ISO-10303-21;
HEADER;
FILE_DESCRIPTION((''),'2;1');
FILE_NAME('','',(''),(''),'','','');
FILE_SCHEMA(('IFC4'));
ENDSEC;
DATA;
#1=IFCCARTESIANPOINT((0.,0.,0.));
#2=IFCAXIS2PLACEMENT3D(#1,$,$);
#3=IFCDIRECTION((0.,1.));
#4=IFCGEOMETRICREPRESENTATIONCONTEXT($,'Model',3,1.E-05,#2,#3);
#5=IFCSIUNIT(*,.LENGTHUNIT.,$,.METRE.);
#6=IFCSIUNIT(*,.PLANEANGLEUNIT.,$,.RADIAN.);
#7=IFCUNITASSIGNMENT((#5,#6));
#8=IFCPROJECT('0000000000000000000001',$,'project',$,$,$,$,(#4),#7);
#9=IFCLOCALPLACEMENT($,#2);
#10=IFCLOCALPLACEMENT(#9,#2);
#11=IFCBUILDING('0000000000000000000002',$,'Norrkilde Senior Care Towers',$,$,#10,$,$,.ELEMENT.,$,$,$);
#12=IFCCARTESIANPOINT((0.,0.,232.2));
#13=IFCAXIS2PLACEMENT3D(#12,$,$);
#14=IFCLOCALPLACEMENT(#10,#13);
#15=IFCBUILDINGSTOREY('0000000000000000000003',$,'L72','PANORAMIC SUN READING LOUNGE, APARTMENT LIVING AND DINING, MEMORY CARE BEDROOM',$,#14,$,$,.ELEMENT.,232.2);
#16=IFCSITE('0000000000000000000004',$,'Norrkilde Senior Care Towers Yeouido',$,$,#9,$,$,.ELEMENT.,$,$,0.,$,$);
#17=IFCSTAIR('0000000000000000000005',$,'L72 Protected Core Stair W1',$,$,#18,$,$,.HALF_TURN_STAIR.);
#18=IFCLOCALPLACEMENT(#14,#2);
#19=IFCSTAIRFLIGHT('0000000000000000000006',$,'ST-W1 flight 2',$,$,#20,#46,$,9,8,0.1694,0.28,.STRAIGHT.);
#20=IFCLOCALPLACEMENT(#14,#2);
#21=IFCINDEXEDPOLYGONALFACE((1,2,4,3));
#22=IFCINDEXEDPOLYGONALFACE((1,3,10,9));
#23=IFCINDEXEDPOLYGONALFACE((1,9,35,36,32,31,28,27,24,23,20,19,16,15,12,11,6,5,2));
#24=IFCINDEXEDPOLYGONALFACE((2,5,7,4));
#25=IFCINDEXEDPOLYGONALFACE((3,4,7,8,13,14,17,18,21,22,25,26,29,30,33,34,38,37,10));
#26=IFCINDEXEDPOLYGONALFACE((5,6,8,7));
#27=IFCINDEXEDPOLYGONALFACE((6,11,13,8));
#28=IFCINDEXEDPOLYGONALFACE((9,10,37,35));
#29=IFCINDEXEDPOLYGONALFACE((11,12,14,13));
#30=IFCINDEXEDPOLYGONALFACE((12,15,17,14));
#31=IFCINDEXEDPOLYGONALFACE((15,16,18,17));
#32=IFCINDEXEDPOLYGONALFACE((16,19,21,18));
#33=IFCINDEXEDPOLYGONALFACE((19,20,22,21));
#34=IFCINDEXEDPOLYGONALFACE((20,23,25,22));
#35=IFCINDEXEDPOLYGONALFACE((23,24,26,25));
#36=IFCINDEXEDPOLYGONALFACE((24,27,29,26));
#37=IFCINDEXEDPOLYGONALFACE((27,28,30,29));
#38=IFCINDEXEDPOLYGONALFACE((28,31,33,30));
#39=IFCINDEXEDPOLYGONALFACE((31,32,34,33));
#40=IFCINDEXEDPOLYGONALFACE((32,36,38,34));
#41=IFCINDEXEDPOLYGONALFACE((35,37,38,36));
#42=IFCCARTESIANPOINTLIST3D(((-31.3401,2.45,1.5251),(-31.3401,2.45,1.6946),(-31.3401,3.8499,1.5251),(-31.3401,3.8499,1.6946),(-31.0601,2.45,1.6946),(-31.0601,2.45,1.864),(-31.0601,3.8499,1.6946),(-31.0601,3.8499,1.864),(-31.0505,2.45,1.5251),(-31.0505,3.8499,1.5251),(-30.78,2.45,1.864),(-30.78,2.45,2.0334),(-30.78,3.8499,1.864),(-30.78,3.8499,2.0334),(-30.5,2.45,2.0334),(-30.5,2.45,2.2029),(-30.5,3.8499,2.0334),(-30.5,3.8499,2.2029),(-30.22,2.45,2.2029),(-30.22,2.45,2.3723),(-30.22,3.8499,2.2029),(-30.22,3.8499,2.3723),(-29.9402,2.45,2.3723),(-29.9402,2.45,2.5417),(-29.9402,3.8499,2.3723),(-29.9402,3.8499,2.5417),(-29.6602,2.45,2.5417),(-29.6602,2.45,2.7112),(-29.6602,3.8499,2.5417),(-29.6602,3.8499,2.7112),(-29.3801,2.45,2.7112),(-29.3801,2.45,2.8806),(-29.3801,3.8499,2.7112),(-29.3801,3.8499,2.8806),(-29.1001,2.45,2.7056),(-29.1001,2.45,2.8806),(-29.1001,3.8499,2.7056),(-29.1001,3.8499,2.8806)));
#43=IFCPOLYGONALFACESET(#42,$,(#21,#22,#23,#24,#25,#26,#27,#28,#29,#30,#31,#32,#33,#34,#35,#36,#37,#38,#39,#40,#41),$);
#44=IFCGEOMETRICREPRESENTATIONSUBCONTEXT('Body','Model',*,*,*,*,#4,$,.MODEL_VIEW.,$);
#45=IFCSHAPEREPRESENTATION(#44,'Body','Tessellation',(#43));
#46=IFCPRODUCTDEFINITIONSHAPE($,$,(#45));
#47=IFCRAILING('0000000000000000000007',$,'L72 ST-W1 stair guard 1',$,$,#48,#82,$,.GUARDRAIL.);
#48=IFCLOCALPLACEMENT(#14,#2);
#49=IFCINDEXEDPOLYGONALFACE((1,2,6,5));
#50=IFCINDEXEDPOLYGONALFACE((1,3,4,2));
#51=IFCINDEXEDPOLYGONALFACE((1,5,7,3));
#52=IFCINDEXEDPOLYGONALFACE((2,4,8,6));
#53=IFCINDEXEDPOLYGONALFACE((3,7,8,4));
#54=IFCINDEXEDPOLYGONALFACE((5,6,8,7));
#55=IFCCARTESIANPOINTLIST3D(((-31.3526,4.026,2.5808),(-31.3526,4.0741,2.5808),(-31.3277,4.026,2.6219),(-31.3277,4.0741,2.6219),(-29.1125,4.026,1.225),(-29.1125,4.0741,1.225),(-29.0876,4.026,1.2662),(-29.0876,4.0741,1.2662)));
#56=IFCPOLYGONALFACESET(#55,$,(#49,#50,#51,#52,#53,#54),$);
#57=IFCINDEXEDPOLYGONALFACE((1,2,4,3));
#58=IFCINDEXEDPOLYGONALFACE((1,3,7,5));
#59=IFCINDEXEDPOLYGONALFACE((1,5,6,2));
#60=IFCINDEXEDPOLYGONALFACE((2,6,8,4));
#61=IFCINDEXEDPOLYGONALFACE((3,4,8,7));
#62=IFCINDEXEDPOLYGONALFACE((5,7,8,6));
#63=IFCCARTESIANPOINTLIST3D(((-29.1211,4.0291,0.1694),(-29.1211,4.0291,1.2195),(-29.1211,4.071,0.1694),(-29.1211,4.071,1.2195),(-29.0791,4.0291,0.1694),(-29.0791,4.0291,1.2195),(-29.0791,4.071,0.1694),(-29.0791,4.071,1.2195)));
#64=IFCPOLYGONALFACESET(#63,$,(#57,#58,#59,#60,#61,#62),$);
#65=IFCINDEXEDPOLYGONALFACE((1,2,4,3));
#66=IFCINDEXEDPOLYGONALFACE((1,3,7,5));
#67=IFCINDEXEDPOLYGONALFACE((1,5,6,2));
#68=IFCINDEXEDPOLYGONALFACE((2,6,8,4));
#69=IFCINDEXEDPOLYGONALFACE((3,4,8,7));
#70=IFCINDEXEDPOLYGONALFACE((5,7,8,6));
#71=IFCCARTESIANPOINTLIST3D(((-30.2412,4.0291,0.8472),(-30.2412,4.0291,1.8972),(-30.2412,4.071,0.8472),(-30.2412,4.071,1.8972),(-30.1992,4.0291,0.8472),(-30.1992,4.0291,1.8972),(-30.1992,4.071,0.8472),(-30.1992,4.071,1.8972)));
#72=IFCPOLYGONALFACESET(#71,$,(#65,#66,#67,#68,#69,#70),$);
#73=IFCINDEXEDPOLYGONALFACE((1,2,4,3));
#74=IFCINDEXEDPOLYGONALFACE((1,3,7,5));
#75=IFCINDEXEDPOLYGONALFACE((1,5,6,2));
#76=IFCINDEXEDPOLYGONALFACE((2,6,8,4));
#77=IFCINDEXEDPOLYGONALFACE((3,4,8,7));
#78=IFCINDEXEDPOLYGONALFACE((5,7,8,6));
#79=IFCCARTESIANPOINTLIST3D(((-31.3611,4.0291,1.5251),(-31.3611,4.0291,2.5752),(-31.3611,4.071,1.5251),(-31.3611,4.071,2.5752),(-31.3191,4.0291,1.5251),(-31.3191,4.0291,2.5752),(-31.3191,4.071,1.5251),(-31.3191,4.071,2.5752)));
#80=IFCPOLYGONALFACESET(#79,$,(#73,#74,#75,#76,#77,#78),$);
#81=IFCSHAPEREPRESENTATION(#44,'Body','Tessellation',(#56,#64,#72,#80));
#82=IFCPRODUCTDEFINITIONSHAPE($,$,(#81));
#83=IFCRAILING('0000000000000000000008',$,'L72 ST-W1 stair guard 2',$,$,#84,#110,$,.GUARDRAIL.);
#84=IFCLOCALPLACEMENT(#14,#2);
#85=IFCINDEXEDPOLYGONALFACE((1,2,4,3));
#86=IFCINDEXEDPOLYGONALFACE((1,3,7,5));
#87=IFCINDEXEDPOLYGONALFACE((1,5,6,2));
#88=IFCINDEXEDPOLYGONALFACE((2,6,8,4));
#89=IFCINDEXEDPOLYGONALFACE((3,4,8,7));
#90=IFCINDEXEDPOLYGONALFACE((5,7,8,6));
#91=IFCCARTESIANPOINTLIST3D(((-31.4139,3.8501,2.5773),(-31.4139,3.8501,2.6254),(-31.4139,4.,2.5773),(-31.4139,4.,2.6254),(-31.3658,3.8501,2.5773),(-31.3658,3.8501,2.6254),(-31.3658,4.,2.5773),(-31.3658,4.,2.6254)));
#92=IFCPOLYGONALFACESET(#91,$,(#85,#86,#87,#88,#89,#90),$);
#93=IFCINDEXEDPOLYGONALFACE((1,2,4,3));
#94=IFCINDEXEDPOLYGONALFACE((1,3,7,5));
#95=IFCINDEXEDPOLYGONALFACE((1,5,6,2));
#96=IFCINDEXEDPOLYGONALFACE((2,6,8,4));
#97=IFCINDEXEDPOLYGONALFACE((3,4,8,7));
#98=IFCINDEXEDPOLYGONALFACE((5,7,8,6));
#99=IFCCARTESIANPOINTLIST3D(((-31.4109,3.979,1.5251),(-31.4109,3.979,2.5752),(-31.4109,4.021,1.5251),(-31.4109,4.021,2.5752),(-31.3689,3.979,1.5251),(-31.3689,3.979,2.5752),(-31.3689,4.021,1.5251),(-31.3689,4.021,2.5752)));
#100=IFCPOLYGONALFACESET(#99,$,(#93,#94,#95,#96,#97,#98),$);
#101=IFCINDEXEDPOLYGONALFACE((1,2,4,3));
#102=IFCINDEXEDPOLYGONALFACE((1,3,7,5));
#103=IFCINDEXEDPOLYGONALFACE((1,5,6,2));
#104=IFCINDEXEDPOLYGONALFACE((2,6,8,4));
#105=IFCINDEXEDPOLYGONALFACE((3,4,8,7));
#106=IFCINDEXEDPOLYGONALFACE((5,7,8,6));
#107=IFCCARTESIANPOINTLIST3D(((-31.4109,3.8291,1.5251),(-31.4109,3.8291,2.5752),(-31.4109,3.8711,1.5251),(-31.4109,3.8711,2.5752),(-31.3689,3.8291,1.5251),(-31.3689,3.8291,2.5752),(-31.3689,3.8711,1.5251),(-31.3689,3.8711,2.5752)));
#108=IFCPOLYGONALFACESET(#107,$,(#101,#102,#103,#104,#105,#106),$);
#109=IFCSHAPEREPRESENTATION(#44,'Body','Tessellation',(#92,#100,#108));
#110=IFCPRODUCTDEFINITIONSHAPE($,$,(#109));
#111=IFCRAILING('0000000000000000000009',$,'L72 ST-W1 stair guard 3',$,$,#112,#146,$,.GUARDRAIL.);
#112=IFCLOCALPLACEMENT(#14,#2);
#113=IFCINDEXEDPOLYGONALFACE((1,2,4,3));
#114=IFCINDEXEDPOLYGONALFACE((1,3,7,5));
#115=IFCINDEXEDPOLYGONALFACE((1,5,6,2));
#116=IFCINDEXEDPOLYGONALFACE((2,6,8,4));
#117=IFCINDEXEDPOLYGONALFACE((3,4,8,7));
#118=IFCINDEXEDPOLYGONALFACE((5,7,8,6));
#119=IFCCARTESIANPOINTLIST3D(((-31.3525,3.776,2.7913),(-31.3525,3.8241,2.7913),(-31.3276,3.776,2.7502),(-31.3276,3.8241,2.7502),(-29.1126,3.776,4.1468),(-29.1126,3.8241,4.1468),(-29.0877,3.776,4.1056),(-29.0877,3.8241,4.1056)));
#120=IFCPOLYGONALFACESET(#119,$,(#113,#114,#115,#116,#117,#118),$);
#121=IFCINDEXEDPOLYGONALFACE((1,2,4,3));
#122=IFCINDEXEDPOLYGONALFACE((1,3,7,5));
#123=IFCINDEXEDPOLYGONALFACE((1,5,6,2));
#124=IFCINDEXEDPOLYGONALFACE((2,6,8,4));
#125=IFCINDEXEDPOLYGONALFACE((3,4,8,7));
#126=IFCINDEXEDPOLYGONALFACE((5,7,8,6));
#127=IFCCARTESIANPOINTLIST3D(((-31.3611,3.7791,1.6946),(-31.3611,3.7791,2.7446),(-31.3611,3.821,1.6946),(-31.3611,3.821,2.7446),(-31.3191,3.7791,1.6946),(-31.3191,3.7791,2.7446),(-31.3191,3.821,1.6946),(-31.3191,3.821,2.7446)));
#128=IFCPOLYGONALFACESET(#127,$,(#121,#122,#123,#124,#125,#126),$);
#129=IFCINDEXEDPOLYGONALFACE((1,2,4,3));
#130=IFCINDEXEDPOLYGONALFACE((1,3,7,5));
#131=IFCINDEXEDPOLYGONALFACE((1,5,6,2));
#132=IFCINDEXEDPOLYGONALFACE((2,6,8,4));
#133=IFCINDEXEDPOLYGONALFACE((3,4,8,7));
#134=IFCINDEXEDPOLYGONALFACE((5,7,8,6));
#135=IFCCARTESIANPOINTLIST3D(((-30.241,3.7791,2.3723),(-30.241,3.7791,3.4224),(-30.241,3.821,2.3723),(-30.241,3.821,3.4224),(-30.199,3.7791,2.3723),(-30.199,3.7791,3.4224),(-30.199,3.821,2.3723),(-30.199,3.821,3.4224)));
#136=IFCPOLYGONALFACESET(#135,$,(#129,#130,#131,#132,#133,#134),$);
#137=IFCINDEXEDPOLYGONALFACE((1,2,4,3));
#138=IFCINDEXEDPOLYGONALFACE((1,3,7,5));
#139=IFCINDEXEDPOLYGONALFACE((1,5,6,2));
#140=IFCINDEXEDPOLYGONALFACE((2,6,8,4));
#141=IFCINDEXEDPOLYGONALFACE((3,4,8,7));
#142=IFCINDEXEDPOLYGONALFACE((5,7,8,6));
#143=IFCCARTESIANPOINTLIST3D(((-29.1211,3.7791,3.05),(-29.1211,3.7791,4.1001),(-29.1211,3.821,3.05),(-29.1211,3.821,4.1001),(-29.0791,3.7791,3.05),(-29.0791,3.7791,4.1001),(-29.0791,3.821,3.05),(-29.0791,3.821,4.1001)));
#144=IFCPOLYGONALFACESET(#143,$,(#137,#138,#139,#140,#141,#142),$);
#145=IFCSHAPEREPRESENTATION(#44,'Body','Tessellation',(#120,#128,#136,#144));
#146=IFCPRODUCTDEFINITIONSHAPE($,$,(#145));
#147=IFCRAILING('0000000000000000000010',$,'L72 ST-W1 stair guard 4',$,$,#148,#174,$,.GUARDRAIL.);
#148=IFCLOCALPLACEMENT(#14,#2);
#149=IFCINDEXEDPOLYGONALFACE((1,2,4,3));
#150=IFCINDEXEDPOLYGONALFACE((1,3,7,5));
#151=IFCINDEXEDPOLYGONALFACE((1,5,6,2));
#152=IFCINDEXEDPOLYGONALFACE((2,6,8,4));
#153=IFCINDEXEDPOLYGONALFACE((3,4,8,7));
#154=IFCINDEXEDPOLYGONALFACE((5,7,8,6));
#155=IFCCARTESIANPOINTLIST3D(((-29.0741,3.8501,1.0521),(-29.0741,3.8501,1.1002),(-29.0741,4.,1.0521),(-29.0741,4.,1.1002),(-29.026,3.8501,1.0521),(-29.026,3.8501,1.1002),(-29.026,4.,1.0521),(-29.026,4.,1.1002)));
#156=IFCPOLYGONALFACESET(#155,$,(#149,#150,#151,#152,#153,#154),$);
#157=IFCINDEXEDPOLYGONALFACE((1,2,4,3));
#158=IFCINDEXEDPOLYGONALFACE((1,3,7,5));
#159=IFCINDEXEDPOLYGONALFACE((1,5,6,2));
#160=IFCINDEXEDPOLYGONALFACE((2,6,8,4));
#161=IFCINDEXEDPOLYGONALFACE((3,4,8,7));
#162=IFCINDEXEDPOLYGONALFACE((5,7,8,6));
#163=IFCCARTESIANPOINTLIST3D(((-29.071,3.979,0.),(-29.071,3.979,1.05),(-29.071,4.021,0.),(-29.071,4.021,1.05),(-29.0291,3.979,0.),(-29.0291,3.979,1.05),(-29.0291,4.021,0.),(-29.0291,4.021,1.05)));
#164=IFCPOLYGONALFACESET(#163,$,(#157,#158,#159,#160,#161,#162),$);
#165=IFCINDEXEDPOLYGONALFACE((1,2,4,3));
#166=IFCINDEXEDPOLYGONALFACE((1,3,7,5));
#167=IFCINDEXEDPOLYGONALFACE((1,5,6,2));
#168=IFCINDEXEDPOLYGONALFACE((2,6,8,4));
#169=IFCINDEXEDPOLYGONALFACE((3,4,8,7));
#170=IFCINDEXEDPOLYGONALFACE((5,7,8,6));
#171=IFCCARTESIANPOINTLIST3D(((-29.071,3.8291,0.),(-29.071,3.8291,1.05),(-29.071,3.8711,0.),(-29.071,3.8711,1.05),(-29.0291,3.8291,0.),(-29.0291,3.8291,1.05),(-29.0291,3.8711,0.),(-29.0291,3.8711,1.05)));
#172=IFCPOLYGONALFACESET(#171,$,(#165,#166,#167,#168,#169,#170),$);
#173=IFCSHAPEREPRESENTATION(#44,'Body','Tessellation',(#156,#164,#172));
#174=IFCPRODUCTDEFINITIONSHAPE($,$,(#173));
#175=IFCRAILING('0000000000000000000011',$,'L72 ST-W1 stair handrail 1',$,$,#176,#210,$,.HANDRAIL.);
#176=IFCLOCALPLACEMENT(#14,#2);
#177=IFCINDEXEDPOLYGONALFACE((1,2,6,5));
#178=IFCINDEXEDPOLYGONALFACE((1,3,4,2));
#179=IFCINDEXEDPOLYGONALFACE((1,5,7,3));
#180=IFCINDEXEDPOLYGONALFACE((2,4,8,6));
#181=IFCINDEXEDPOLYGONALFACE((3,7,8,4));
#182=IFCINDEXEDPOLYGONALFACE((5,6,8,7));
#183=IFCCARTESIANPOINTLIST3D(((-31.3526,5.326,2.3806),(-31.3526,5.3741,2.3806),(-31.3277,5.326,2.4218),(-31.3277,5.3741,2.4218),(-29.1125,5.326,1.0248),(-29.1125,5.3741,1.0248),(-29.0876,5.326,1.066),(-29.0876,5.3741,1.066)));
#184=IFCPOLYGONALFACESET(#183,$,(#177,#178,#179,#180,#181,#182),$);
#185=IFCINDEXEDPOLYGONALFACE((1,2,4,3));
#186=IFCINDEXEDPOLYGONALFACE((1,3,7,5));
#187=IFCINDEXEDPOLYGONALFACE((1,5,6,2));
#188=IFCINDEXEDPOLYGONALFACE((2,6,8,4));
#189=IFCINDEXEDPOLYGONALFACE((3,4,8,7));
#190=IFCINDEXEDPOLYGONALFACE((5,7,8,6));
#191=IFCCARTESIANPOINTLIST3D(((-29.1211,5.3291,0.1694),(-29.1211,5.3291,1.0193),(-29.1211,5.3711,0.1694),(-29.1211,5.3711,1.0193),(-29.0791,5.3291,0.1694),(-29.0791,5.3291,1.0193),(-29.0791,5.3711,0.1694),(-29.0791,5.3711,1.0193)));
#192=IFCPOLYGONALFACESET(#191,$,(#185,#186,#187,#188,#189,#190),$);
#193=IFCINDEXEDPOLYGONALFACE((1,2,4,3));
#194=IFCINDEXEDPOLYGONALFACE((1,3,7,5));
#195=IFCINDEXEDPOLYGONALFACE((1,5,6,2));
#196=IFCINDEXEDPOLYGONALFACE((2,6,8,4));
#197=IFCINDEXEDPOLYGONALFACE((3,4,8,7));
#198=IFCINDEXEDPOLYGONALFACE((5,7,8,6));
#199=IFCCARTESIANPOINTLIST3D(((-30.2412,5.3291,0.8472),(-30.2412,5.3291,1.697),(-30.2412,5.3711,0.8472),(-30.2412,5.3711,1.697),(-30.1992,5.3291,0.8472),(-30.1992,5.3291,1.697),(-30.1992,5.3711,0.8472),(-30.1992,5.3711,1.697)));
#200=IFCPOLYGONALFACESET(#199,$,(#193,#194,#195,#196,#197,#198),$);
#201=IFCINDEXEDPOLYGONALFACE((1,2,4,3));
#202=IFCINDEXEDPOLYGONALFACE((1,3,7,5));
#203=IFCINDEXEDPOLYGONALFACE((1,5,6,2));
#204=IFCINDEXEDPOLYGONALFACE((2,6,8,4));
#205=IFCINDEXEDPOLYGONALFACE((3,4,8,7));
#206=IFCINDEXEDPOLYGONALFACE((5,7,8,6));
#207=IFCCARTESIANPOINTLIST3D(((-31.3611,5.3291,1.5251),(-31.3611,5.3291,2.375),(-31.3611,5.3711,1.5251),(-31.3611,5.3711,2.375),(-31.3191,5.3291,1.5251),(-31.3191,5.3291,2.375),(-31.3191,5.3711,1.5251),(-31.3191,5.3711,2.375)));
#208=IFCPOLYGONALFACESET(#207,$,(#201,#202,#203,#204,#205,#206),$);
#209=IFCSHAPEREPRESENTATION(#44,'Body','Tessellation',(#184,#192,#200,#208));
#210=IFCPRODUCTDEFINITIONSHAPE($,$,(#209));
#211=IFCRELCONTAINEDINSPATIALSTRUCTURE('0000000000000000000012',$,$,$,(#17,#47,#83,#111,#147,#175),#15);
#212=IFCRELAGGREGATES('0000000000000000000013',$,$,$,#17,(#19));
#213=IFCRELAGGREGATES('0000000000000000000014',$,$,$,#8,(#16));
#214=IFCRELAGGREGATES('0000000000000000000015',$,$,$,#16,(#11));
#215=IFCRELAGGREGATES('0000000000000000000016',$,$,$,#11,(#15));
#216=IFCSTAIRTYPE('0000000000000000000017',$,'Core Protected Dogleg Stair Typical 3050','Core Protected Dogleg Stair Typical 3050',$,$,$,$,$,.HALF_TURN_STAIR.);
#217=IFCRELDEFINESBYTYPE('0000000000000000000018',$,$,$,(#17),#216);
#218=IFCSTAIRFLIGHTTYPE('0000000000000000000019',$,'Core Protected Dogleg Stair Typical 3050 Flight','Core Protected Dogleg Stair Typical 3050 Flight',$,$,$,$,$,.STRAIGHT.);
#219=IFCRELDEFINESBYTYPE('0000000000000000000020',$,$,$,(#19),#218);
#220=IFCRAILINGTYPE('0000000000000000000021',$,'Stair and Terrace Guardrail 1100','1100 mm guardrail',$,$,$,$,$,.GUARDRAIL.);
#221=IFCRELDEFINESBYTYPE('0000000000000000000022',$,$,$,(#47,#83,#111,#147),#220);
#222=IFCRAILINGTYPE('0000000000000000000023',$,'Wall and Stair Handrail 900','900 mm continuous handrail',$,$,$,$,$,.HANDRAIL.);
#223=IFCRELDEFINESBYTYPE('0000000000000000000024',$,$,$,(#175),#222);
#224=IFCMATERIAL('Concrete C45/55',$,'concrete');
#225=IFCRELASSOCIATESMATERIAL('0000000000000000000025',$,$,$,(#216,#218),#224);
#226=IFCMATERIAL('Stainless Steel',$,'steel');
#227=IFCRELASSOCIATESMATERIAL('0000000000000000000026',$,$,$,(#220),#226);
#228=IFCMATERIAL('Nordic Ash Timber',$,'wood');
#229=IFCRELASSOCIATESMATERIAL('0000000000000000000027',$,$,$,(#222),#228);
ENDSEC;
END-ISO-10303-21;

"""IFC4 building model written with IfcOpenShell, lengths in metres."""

from ifc_helpers import new_model, si_unit, direction, frame, origin, origin_2d, place, context, subcontext, project, spatial, polyline, rectangle, outline, extrude, material, type_object, element, aggregate, save


model = new_model("IFC4")

# Units and contexts
model_context = context("Model", 3, precision=1e-05, world=origin(), true_north=direction((0.0, 1.0)))
body_context = subcontext(model_context, "Body", "Model", "MODEL_VIEW")
ifc_project = project(units=[si_unit("LENGTHUNIT", "METRE"), si_unit("PLANEANGLEUNIT", "RADIAN")], contexts=[model_context])

# Site, building, storey
site_placement = place(None, origin())
site = spatial("IfcSite", under=ifc_project, at=site_placement, Name="Norrkilde Senior Care Towers Yeouido", CompositionType="ELEMENT", RefElevation=0.0)
building_placement = place(site_placement, origin())
building = spatial("IfcBuilding", under=site, at=building_placement, Name="Norrkilde Senior Care Towers", CompositionType="ELEMENT")
storey_placement = place(building_placement, frame((0.0, 0.0, 232.2)))
storey = spatial("IfcBuildingStorey", under=building, at=storey_placement, Name="L72", Description="PANORAMIC SUN READING LOUNGE, APARTMENT LIVING AND DINING, MEMORY CARE BEDROOM", CompositionType="ELEMENT", Elevation=232.2)

# Shared definitions
ifc_material_1 = material(Name="Nordic Ash Timber", Category="wood")

# Shared definitions
ifc_material_2 = material(Name="Concrete C45/55", Category="concrete")

# Stair, stair flight
stair_type = type_object("IfcStairType", Name="Core Protected Dogleg Stair Typical 3050", Description="Core Protected Dogleg Stair Typical 3050", PredefinedType="HALF_TURN_STAIR", material=ifc_material_2)
stair_placement = place(storey_placement, origin())
stair = element("IfcStair", 1, at=stair_placement, inside=storey, type_object=stair_type, Name="L72 Protected Core Stair W1", PredefinedType="HALF_TURN_STAIR")
stair_flight_type = type_object("IfcStairFlightType", Name="Core Protected Dogleg Stair Typical 3050 Flight", Description="Core Protected Dogleg Stair Typical 3050 Flight", PredefinedType="STRAIGHT", material=ifc_material_2)
stair_flight_1_placement = place(storey_placement, frame((-31.3401, 3.1499, 1.5251), z_axis=(0.0, 0.0, 1.0), x_axis=(1.0, 0.0, 0.0)))
stair_flight_1 = element("IfcStairFlight", 2, at=stair_flight_1_placement, type_object=stair_flight_type, Name="ST-W1 flight 2", NumberOfRisers=9, NumberOfTreads=8, PredefinedType="STRAIGHT", RiserHeight=0.1694, TreadLength=0.28, context=body_context, shape_type="SweptSolid", body=[
    extrude(outline(polyline([(0.0, 0.0), (0.0, 0.1694), (0.28, 0.1694), (0.28, 0.3389), (0.5601, 0.3389), (0.5601, 0.5083), (0.8401, 0.5083), (0.8401, 0.6777), (1.1201, 0.6777), (1.1201, 0.8472), (1.3999, 0.8472), (1.3999, 1.0166), (1.6799, 1.0166), (1.6799, 1.186), (1.96, 1.186), (1.96, 1.3555), (2.24, 1.3555), (2.24, 1.5249), (2.24, 1.1804), (0.2896, 0.0), (0.0, 0.0)])), frame((0.0, 0.7, 0.0), z_axis=(0.0, -1.0, 0.0), x_axis=(1.0, 0.0, 0.0)), (0.0, 0.0, 1.0), 1.3999),
])
aggregate(stair, [stair_flight_1])

# Railings
ifc_material_3 = material(Name="Stainless Steel", Category="steel")
railing_type_1 = type_object("IfcRailingType", Name="Stair and Terrace Guardrail 1100", Description="1100 mm guardrail", PredefinedType="GUARDRAIL", material=ifc_material_3)
railing_1_placement = place(storey_placement, frame((-29.1001, 4.05, 0.1694)))
element("IfcRailing", 3, at=railing_1_placement, inside=storey, type_object=railing_type_1, Name="L72 ST-W1 stair guard 1", PredefinedType="GUARDRAIL", context=body_context, shape_type="SweptSolid", body=[
    extrude(rectangle(XDim=0.0481, YDim=0.0481, at=origin_2d()), frame((0.0, 0.0, 1.0762), z_axis=(-0.855512, 0.0, 0.517783), x_axis=(0.0, -1.0, 0.0)), (0.0, 0.0, 1.0), 2.6184),
    extrude(rectangle(XDim=0.042, YDim=0.042, at=origin_2d()), origin(), (0.0, 0.0, 1.0), 1.05),
    extrude(rectangle(XDim=0.042, YDim=0.042, at=origin_2d()), frame((-1.1201, 0.0, 0.6777)), (0.0, 0.0, 1.0), 1.05),
    extrude(rectangle(XDim=0.042, YDim=0.042, at=origin_2d()), frame((-2.24, 0.0, 1.3557)), (0.0, 0.0, 1.0), 1.05),
])
railing_2_placement = place(storey_placement, frame((-31.3899, 4.0, 1.5251)))
element("IfcRailing", 4, at=railing_2_placement, inside=storey, type_object=railing_type_1, Name="L72 ST-W1 stair guard 2", PredefinedType="GUARDRAIL", context=body_context, shape_type="SweptSolid", body=[
    extrude(rectangle(XDim=0.0481, YDim=0.0481, at=origin_2d()), frame((0.0, 0.0, 1.0762), z_axis=(0.0, -1.0, 0.0), x_axis=(1.0, 0.0, 0.0)), (0.0, 0.0, 1.0), 0.1499),
    extrude(rectangle(XDim=0.042, YDim=0.042, at=origin_2d()), origin(), (0.0, 0.0, 1.0), 1.05),
    extrude(rectangle(XDim=0.042, YDim=0.042, at=origin_2d()), frame((0.0, -0.1499, 0.0)), (0.0, 0.0, 1.0), 1.05),
])
railing_3_placement = place(storey_placement, frame((-31.3401, 3.8, 1.6946)))
element("IfcRailing", 5, at=railing_3_placement, inside=storey, type_object=railing_type_1, Name="L72 ST-W1 stair guard 3", PredefinedType="GUARDRAIL", context=body_context, shape_type="SweptSolid", body=[
    extrude(rectangle(XDim=0.0481, YDim=0.0481, at=origin_2d()), frame((0.0, 0.0, 1.0762), z_axis=(0.855553, 0.0, 0.517715), x_axis=(0.0, 1.0, 0.0)), (0.0, 0.0, 1.0), 2.6182),
    extrude(rectangle(XDim=0.042, YDim=0.042, at=origin_2d()), origin(), (0.0, 0.0, 1.0), 1.05),
    extrude(rectangle(XDim=0.042, YDim=0.042, at=origin_2d()), frame((1.1201, 0.0, 0.6777)), (0.0, 0.0, 1.0), 1.05),
    extrude(rectangle(XDim=0.042, YDim=0.042, at=origin_2d()), frame((2.24, 0.0, 1.3555)), (0.0, 0.0, 1.0), 1.05),
])
railing_4_placement = place(storey_placement, frame((-29.05, 4.0, 0.0)))
element("IfcRailing", 6, at=railing_4_placement, inside=storey, type_object=railing_type_1, Name="L72 ST-W1 stair guard 4", PredefinedType="GUARDRAIL", context=body_context, shape_type="SweptSolid", body=[
    extrude(rectangle(XDim=0.0481, YDim=0.0481, at=origin_2d()), frame((0.0, 0.0, 1.0762), z_axis=(0.0, -1.0, 0.0), x_axis=(1.0, 0.0, 0.0)), (0.0, 0.0, 1.0), 0.1499),
    extrude(rectangle(XDim=0.042, YDim=0.042, at=origin_2d()), origin(), (0.0, 0.0, 1.0), 1.05),
    extrude(rectangle(XDim=0.042, YDim=0.042, at=origin_2d()), frame((0.0, -0.1499, 0.0)), (0.0, 0.0, 1.0), 1.05),
])
railing_type_2 = type_object("IfcRailingType", Name="Wall and Stair Handrail 900", Description="900 mm continuous handrail", PredefinedType="HANDRAIL", material=ifc_material_1)
railing_5_placement = place(storey_placement, frame((-29.1001, 5.3501, 0.1694)))
element("IfcRailing", 7, at=railing_5_placement, inside=storey, type_object=railing_type_2, Name="L72 ST-W1 stair handrail 1", PredefinedType="HANDRAIL", context=body_context, shape_type="SweptSolid", body=[
    extrude(rectangle(XDim=0.0481, YDim=0.0481, at=origin_2d()), frame((0.0, 0.0, 0.876), z_axis=(-0.855512, 0.0, 0.517783), x_axis=(0.0, -1.0, 0.0)), (0.0, 0.0, 1.0), 2.6184),
    extrude(rectangle(XDim=0.042, YDim=0.042, at=origin_2d()), origin(), (0.0, 0.0, 1.0), 0.8499),
    extrude(rectangle(XDim=0.042, YDim=0.042, at=origin_2d()), frame((-1.1201, 0.0, 0.6777)), (0.0, 0.0, 1.0), 0.8499),
    extrude(rectangle(XDim=0.042, YDim=0.042, at=origin_2d()), frame((-2.24, 0.0, 1.3557)), (0.0, 0.0, 1.0), 0.8499),
])

save(model, "model.ifc")
